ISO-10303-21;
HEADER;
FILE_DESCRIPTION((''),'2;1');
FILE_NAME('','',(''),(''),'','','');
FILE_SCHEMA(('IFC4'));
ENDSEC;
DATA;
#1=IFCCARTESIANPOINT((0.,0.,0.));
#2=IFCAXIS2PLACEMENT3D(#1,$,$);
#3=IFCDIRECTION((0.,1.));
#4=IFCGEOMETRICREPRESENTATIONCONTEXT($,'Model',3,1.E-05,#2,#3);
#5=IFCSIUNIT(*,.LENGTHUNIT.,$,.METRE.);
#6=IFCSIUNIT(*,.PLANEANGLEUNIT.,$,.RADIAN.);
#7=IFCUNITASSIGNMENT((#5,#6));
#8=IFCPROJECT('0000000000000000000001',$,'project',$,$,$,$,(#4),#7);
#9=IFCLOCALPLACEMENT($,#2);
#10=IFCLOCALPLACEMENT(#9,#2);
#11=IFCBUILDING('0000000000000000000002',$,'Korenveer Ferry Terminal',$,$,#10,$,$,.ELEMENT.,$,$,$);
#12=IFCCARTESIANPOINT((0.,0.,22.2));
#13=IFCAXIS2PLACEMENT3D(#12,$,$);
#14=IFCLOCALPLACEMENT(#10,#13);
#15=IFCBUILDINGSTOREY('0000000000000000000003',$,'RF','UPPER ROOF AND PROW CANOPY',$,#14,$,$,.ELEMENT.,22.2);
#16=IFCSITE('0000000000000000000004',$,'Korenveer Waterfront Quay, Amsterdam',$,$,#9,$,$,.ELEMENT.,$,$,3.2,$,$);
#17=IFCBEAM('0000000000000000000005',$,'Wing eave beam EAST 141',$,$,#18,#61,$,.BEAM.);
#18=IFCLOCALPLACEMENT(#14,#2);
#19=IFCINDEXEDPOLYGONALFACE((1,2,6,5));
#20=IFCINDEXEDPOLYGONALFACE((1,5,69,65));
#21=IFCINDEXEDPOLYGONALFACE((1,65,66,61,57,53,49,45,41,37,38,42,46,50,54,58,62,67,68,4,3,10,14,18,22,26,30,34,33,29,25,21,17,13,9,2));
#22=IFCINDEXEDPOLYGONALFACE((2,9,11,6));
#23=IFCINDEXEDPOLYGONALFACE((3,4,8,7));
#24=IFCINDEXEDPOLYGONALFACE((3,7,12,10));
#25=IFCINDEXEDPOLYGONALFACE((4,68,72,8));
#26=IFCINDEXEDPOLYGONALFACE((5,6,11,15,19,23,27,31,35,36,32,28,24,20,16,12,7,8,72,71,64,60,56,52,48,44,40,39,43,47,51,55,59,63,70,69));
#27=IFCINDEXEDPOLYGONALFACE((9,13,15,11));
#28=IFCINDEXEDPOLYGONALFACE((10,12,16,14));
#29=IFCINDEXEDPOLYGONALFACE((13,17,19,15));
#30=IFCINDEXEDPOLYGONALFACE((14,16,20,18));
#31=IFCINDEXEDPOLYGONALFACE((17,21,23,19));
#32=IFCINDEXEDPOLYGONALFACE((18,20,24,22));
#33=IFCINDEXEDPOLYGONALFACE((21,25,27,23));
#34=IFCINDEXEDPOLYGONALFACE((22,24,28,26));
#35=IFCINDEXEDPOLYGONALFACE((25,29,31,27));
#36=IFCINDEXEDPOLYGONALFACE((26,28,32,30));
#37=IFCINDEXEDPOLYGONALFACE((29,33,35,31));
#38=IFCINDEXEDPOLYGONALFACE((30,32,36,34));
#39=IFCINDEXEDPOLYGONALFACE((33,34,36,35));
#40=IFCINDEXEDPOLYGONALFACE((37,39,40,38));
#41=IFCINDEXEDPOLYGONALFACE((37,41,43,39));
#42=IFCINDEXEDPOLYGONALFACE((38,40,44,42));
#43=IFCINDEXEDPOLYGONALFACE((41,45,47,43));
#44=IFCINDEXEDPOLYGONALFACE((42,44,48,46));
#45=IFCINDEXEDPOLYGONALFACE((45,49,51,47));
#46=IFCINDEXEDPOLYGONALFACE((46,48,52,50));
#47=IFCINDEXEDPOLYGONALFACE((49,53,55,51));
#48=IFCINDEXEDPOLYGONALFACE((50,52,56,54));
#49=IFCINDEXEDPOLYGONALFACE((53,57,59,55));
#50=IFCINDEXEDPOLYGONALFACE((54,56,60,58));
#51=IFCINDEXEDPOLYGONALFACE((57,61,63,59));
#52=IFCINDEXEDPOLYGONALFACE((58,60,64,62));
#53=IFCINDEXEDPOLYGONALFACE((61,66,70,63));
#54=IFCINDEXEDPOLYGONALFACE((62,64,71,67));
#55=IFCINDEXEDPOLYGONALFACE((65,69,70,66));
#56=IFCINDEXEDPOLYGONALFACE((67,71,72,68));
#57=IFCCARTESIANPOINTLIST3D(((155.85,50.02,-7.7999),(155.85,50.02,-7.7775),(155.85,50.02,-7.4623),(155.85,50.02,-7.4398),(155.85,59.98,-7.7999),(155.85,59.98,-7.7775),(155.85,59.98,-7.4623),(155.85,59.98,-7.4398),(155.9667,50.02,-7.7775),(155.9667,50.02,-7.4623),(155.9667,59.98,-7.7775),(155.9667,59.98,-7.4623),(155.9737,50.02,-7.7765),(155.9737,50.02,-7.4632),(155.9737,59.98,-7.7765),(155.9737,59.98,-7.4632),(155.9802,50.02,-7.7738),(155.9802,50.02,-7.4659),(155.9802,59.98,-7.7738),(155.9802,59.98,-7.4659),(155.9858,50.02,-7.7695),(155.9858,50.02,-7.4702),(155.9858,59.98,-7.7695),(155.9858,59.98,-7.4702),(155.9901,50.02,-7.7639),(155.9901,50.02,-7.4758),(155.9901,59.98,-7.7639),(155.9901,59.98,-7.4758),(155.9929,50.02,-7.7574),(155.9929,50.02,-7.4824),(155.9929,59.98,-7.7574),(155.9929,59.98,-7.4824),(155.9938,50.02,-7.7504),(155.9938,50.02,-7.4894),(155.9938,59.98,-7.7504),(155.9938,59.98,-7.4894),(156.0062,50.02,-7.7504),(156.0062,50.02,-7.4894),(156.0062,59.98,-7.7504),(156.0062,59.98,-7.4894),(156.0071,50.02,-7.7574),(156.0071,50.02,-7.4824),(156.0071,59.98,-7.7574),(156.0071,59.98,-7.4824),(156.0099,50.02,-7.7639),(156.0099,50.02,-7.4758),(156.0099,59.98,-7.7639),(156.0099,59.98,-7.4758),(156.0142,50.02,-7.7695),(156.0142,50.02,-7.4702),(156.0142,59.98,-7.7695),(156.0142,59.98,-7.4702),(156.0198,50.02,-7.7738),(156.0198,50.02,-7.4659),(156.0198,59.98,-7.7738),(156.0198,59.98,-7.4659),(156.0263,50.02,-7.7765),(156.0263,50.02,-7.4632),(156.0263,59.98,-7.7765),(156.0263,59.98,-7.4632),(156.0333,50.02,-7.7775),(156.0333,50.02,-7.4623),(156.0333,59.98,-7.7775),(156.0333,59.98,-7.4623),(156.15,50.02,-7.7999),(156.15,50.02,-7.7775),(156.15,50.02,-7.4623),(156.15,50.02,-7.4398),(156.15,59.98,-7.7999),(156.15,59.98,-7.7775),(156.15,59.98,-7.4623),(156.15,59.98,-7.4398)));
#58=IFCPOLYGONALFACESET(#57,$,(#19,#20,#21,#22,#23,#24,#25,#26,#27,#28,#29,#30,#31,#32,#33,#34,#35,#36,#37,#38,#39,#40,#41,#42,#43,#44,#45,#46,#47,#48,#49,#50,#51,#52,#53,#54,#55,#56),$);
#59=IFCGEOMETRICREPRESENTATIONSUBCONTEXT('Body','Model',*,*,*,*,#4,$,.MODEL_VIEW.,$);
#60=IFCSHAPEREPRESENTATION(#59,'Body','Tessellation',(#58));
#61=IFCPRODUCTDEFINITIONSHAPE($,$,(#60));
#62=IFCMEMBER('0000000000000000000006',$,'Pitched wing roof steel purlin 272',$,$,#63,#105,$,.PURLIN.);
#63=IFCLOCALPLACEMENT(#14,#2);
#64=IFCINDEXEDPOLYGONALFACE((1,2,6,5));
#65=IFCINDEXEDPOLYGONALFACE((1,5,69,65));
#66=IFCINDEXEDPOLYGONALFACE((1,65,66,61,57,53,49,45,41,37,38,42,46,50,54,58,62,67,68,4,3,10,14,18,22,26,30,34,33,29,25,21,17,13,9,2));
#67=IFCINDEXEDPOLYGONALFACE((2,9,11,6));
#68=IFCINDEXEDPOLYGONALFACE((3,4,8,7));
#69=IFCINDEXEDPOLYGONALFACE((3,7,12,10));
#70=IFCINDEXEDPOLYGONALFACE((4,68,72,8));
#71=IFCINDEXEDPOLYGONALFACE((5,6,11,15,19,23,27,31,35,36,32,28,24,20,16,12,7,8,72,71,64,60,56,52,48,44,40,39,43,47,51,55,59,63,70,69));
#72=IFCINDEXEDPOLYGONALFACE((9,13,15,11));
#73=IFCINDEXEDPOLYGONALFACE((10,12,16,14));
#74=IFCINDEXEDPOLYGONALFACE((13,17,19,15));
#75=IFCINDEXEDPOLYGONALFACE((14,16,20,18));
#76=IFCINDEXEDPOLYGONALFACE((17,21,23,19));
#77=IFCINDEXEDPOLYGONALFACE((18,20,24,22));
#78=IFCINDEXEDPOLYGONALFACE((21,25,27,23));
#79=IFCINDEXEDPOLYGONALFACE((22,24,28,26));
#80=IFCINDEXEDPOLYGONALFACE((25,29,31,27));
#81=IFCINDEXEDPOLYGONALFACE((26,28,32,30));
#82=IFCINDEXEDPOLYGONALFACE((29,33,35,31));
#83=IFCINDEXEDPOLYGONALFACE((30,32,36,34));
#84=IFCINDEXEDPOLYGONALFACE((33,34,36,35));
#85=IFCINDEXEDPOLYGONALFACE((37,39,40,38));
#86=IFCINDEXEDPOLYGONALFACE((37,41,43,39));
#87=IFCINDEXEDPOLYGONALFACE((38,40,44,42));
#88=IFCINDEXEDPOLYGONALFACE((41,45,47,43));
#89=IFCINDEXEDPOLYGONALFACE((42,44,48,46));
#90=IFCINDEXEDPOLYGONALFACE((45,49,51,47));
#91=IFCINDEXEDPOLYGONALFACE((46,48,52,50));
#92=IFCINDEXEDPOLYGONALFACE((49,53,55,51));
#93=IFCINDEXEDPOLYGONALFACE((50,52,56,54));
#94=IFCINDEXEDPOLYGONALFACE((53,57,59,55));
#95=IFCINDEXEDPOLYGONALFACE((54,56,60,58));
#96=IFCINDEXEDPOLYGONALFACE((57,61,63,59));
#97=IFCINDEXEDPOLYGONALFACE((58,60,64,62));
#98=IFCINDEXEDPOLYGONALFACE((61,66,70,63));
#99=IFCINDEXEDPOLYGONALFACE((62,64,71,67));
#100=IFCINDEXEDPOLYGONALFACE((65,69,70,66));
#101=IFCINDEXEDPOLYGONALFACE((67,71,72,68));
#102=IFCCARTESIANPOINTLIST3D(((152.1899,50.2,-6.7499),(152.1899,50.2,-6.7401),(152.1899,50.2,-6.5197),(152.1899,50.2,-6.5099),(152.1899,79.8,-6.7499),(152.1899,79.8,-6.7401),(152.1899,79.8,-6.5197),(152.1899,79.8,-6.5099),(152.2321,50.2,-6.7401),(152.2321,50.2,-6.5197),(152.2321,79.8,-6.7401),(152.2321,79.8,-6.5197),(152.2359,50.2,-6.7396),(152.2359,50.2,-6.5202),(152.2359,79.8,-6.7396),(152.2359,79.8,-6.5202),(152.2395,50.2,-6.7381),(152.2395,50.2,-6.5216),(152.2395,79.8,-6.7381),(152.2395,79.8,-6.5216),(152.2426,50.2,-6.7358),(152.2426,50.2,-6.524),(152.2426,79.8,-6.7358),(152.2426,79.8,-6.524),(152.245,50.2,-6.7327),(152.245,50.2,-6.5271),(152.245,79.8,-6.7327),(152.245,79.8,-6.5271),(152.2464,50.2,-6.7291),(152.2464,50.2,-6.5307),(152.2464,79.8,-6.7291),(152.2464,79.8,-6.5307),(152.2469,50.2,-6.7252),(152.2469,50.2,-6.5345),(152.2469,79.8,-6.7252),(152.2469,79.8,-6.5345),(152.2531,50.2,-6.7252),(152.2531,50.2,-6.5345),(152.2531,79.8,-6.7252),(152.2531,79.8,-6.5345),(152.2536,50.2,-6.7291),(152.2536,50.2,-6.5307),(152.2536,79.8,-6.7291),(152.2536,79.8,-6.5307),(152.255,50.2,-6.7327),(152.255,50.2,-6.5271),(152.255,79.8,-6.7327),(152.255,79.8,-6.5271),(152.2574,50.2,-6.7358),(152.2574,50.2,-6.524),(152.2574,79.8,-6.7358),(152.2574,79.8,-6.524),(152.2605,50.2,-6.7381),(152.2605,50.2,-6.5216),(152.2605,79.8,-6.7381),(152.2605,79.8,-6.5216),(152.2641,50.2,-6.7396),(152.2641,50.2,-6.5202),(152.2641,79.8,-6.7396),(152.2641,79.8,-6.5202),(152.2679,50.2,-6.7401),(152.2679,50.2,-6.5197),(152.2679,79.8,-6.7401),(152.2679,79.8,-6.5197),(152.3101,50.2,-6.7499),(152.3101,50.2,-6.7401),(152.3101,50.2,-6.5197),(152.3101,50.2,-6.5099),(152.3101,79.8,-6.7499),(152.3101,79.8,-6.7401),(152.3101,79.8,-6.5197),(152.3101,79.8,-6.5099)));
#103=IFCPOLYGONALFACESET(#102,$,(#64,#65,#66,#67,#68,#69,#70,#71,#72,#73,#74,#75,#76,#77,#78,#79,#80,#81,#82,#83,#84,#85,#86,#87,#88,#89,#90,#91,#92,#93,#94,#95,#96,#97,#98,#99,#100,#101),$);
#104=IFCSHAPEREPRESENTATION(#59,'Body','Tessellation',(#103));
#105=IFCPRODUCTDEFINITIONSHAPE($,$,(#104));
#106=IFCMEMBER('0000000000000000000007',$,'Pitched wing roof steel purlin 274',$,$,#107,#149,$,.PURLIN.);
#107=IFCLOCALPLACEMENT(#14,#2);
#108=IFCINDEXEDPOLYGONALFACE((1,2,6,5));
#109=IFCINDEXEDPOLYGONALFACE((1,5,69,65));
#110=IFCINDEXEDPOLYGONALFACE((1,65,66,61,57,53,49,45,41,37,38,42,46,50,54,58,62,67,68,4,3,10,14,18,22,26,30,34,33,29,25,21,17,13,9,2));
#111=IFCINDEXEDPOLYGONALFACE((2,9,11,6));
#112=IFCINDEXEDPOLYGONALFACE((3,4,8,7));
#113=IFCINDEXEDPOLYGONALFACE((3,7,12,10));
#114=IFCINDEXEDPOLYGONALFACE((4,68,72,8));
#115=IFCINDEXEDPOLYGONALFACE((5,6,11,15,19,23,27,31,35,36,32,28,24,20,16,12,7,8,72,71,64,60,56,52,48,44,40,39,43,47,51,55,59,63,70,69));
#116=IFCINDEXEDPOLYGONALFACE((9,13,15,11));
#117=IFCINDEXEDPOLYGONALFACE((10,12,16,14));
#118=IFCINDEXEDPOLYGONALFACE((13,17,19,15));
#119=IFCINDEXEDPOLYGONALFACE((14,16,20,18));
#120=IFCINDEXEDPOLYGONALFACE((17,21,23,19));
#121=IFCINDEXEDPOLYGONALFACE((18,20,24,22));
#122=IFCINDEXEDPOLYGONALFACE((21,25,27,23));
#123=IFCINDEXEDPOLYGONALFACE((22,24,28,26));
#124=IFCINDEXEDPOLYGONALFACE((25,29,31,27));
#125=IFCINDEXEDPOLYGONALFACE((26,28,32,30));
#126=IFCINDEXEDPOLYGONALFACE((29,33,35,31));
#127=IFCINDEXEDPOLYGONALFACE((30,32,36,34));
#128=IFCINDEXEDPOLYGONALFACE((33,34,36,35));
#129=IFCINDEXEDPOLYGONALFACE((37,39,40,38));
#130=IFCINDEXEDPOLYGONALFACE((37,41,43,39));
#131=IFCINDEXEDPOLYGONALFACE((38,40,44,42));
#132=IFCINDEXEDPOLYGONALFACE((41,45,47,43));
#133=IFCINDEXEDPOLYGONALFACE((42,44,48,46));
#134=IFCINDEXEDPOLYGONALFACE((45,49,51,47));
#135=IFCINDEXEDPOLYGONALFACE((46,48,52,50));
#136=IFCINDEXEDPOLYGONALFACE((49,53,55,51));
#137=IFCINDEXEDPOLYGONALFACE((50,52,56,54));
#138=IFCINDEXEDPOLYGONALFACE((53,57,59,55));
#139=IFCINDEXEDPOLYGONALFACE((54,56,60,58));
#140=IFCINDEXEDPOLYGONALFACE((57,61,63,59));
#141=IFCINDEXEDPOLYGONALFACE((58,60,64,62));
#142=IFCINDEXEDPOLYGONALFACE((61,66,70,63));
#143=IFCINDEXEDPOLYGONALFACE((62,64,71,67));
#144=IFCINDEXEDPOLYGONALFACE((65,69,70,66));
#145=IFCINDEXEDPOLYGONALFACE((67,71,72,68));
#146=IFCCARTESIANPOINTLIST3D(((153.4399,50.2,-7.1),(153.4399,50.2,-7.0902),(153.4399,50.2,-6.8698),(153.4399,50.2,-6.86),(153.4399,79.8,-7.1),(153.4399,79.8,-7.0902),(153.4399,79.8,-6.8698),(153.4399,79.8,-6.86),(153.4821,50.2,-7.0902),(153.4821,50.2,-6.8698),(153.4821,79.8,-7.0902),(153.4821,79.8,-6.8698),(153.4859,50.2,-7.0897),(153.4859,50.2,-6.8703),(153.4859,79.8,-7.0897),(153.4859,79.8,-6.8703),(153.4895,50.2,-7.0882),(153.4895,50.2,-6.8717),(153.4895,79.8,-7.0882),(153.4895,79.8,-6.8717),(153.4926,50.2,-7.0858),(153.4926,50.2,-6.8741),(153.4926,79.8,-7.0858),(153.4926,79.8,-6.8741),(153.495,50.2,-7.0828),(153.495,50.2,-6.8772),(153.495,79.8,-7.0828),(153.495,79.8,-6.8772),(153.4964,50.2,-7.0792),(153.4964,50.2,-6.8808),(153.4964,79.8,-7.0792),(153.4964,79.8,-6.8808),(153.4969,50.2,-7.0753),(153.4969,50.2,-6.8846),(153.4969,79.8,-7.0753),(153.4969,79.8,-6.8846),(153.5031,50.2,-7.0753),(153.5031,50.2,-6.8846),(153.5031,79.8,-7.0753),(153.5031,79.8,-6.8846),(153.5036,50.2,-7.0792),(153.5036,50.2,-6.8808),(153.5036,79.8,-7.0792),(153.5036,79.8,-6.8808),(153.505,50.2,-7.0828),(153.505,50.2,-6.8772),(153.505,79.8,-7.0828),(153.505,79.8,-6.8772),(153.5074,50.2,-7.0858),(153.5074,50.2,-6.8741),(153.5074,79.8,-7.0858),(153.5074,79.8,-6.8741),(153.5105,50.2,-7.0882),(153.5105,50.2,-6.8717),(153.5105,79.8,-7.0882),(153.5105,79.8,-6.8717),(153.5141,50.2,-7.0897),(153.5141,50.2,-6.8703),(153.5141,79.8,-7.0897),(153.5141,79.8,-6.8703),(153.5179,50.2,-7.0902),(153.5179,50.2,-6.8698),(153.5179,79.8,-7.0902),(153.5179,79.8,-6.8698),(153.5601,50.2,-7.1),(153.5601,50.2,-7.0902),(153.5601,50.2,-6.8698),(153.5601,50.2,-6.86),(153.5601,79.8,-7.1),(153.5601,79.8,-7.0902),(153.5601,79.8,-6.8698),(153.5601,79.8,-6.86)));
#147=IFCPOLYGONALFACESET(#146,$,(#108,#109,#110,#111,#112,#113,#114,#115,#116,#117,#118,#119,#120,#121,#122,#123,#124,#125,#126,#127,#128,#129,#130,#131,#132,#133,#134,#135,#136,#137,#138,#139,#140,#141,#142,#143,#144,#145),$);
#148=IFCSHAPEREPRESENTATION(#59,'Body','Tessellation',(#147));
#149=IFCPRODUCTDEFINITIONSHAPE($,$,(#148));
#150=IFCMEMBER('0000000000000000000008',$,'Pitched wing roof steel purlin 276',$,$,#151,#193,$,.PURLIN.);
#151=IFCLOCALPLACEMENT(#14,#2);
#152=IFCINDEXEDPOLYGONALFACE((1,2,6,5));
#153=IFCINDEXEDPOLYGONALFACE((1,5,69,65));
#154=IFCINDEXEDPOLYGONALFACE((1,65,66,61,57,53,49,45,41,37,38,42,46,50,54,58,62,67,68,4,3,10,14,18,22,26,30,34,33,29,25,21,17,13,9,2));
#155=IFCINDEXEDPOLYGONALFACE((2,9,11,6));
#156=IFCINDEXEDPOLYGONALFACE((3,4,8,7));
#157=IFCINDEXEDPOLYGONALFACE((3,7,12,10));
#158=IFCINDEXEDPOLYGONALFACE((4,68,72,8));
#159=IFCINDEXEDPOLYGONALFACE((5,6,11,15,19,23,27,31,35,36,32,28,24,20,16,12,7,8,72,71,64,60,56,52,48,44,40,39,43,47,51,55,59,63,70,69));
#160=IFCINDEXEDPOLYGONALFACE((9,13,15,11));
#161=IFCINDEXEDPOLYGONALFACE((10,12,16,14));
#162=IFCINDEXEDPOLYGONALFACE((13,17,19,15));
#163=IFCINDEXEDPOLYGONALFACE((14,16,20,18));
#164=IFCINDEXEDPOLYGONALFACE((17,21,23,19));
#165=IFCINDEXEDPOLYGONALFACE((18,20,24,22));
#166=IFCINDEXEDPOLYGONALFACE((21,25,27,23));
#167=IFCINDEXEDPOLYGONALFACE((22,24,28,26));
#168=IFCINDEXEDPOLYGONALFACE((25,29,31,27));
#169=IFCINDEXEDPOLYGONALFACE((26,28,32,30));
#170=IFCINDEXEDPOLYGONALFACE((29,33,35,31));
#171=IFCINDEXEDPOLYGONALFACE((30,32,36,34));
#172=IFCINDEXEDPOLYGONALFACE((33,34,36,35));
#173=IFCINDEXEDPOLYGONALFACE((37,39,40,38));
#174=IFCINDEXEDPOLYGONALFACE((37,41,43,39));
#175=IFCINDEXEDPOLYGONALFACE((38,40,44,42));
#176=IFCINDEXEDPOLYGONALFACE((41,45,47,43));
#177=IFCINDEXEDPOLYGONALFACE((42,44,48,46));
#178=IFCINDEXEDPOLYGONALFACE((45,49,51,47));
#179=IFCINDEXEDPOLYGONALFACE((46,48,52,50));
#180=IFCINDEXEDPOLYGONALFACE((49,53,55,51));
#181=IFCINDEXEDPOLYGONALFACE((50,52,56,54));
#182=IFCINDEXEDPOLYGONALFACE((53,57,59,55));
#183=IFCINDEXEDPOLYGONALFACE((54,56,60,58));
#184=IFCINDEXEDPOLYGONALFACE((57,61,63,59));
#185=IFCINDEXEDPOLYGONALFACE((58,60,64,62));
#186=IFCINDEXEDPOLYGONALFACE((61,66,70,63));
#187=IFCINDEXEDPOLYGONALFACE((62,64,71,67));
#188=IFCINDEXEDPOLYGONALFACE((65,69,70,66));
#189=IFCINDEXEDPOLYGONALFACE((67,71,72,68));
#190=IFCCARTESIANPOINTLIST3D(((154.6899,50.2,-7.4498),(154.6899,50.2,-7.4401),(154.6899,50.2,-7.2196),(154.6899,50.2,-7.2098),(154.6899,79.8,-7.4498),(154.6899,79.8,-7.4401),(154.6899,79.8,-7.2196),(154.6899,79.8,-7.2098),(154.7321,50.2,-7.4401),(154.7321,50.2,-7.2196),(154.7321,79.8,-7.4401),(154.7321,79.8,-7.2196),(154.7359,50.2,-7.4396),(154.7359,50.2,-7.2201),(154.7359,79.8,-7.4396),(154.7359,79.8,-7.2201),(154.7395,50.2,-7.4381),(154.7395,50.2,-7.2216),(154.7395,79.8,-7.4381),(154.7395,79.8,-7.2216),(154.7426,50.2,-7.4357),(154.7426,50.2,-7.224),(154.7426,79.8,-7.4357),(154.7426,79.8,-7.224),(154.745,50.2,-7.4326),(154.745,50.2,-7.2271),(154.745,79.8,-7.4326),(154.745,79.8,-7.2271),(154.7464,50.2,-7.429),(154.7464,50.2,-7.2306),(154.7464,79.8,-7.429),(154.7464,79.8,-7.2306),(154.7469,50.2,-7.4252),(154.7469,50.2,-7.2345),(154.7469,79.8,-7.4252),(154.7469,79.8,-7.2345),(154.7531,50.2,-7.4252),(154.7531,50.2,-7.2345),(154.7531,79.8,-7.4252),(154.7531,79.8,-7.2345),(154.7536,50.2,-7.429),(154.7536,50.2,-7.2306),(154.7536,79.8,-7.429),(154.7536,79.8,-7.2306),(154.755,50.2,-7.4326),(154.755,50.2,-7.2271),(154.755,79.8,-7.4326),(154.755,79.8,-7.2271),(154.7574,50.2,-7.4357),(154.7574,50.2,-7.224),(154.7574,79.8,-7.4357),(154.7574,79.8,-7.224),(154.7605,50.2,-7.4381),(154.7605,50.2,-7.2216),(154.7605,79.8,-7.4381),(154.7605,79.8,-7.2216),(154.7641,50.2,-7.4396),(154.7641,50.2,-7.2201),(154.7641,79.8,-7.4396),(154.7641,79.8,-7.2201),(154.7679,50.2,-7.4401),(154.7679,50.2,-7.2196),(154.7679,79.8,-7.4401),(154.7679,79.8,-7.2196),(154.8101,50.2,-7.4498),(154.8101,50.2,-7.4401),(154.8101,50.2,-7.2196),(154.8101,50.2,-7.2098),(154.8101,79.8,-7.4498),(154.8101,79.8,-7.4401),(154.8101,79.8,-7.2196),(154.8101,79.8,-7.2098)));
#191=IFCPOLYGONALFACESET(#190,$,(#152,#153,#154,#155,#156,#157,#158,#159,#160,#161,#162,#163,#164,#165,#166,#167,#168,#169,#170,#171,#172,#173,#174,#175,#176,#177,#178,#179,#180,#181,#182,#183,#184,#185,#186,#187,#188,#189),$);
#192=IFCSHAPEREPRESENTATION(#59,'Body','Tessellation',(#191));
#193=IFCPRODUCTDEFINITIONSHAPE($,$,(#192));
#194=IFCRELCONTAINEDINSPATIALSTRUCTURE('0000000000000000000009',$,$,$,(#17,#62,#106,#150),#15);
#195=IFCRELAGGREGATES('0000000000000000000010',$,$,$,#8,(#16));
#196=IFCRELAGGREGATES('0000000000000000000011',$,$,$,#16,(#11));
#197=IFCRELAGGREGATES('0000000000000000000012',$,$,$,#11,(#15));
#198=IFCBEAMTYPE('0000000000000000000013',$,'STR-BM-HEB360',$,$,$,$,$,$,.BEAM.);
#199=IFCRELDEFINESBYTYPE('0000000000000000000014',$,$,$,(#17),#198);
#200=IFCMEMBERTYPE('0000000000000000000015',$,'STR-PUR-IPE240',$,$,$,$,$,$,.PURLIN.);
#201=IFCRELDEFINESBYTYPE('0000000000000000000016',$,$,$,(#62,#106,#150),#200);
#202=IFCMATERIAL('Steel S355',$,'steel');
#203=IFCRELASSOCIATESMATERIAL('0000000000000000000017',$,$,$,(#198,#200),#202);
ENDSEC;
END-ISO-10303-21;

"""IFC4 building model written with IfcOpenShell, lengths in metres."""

from ifc_helpers import new_model, si_unit, direction, frame, origin, origin_2d, place, context, subcontext, project, spatial, i_section, extrude, material, material_profile, profile_set, type_object, element, save


model = new_model("IFC4")

# Units and contexts
model_context = context("Model", 3, precision=1e-05, world=origin(), true_north=direction((0.0, 1.0)))
body_context = subcontext(model_context, "Body", "Model", "MODEL_VIEW")
ifc_project = project(units=[si_unit("LENGTHUNIT", "METRE"), si_unit("PLANEANGLEUNIT", "RADIAN")], contexts=[model_context])

# Site, building, storey
site_placement = place(None, origin())
site = spatial("IfcSite", under=ifc_project, at=site_placement, Name="Korenveer Waterfront Quay, Amsterdam", CompositionType="ELEMENT", RefElevation=3.2)
building_placement = place(site_placement, origin())
building = spatial("IfcBuilding", under=site, at=building_placement, Name="Korenveer Ferry Terminal", CompositionType="ELEMENT")
storey_placement = place(building_placement, frame((0.0, 0.0, 22.2)))
storey = spatial("IfcBuildingStorey", under=building, at=storey_placement, Name="RF", Description="UPPER ROOF AND PROW CANOPY", CompositionType="ELEMENT", Elevation=22.2)

# Beam
ifc_material_1 = material(Name="Steel S355", Category="steel")
ifc_material_profile_1 = material_profile(ifc_material_1, i_section(OverallWidth=0.3, OverallDepth=0.3601, WebThickness=0.0125, FlangeThickness=0.0225, FilletRadius=0.0271, at=origin_2d()), Name="HEB 360")
ifc_profile_set_1 = profile_set([ifc_material_profile_1], Name="Steel S355")
beam_type = type_object("IfcBeamType", Name="STR-BM-HEB360", PredefinedType="BEAM", material=ifc_profile_set_1)
beam_placement = place(storey_placement, frame((156.0, 50.02, -7.6199), z_axis=(0.0, 1.0, 0.0), x_axis=(-1.0, 0.0, 0.0)))
element("IfcBeam", 1, at=beam_placement, inside=storey, type_object=beam_type, Name="Wing eave beam EAST 141", PredefinedType="BEAM", context=body_context, shape_type="SweptSolid", body=[
    extrude(i_section(OverallWidth=0.3, OverallDepth=0.3601, WebThickness=0.0125, FlangeThickness=0.0225, FilletRadius=0.0271, at=origin_2d()), origin(), (0.0, 0.0, 1.0), 9.96),
])

# Members
ifc_material_profile_2 = material_profile(ifc_material_1, i_section(OverallWidth=0.1201, OverallDepth=0.24, WebThickness=0.0061, FlangeThickness=0.0098, FilletRadius=0.0149, at=origin_2d()), Name="IPE 240")
ifc_profile_set_2 = profile_set([ifc_material_profile_2], Name="Steel S355")
member_type_1 = type_object("IfcMemberType", Name="STR-PUR-IPE240", PredefinedType="PURLIN", material=ifc_profile_set_2)
for number, where, z_axis, x_axis, name in (
    (2, (152.25, 50.2, -6.6299), (0.0, 1.0, 0.0), (-1.0, 0.0, 0.0), "Pitched wing roof steel purlin 272"),
    (3, (153.5, 50.2, -6.98), (0.0, 1.0, 0.0), (-1.0, 0.0, 0.0), "Pitched wing roof steel purlin 274"),
    (4, (154.75, 50.2, -7.3298), (0.0, 1.0, 0.0), (-1.0, 0.0, 0.0), "Pitched wing roof steel purlin 276"),
):
    element("IfcMember", number, at=place(storey_placement, frame(where, z_axis=z_axis, x_axis=x_axis)), inside=storey, type_object=member_type_1, Name=name, PredefinedType="PURLIN", context=body_context, shape_type="SweptSolid", body=[
        extrude(i_section(OverallWidth=0.1201, OverallDepth=0.24, WebThickness=0.0061, FlangeThickness=0.0098, FilletRadius=0.0149, at=origin_2d()), origin(), (0.0, 0.0, 1.0), 29.6001),
    ])

save(model, "model.ifc")
